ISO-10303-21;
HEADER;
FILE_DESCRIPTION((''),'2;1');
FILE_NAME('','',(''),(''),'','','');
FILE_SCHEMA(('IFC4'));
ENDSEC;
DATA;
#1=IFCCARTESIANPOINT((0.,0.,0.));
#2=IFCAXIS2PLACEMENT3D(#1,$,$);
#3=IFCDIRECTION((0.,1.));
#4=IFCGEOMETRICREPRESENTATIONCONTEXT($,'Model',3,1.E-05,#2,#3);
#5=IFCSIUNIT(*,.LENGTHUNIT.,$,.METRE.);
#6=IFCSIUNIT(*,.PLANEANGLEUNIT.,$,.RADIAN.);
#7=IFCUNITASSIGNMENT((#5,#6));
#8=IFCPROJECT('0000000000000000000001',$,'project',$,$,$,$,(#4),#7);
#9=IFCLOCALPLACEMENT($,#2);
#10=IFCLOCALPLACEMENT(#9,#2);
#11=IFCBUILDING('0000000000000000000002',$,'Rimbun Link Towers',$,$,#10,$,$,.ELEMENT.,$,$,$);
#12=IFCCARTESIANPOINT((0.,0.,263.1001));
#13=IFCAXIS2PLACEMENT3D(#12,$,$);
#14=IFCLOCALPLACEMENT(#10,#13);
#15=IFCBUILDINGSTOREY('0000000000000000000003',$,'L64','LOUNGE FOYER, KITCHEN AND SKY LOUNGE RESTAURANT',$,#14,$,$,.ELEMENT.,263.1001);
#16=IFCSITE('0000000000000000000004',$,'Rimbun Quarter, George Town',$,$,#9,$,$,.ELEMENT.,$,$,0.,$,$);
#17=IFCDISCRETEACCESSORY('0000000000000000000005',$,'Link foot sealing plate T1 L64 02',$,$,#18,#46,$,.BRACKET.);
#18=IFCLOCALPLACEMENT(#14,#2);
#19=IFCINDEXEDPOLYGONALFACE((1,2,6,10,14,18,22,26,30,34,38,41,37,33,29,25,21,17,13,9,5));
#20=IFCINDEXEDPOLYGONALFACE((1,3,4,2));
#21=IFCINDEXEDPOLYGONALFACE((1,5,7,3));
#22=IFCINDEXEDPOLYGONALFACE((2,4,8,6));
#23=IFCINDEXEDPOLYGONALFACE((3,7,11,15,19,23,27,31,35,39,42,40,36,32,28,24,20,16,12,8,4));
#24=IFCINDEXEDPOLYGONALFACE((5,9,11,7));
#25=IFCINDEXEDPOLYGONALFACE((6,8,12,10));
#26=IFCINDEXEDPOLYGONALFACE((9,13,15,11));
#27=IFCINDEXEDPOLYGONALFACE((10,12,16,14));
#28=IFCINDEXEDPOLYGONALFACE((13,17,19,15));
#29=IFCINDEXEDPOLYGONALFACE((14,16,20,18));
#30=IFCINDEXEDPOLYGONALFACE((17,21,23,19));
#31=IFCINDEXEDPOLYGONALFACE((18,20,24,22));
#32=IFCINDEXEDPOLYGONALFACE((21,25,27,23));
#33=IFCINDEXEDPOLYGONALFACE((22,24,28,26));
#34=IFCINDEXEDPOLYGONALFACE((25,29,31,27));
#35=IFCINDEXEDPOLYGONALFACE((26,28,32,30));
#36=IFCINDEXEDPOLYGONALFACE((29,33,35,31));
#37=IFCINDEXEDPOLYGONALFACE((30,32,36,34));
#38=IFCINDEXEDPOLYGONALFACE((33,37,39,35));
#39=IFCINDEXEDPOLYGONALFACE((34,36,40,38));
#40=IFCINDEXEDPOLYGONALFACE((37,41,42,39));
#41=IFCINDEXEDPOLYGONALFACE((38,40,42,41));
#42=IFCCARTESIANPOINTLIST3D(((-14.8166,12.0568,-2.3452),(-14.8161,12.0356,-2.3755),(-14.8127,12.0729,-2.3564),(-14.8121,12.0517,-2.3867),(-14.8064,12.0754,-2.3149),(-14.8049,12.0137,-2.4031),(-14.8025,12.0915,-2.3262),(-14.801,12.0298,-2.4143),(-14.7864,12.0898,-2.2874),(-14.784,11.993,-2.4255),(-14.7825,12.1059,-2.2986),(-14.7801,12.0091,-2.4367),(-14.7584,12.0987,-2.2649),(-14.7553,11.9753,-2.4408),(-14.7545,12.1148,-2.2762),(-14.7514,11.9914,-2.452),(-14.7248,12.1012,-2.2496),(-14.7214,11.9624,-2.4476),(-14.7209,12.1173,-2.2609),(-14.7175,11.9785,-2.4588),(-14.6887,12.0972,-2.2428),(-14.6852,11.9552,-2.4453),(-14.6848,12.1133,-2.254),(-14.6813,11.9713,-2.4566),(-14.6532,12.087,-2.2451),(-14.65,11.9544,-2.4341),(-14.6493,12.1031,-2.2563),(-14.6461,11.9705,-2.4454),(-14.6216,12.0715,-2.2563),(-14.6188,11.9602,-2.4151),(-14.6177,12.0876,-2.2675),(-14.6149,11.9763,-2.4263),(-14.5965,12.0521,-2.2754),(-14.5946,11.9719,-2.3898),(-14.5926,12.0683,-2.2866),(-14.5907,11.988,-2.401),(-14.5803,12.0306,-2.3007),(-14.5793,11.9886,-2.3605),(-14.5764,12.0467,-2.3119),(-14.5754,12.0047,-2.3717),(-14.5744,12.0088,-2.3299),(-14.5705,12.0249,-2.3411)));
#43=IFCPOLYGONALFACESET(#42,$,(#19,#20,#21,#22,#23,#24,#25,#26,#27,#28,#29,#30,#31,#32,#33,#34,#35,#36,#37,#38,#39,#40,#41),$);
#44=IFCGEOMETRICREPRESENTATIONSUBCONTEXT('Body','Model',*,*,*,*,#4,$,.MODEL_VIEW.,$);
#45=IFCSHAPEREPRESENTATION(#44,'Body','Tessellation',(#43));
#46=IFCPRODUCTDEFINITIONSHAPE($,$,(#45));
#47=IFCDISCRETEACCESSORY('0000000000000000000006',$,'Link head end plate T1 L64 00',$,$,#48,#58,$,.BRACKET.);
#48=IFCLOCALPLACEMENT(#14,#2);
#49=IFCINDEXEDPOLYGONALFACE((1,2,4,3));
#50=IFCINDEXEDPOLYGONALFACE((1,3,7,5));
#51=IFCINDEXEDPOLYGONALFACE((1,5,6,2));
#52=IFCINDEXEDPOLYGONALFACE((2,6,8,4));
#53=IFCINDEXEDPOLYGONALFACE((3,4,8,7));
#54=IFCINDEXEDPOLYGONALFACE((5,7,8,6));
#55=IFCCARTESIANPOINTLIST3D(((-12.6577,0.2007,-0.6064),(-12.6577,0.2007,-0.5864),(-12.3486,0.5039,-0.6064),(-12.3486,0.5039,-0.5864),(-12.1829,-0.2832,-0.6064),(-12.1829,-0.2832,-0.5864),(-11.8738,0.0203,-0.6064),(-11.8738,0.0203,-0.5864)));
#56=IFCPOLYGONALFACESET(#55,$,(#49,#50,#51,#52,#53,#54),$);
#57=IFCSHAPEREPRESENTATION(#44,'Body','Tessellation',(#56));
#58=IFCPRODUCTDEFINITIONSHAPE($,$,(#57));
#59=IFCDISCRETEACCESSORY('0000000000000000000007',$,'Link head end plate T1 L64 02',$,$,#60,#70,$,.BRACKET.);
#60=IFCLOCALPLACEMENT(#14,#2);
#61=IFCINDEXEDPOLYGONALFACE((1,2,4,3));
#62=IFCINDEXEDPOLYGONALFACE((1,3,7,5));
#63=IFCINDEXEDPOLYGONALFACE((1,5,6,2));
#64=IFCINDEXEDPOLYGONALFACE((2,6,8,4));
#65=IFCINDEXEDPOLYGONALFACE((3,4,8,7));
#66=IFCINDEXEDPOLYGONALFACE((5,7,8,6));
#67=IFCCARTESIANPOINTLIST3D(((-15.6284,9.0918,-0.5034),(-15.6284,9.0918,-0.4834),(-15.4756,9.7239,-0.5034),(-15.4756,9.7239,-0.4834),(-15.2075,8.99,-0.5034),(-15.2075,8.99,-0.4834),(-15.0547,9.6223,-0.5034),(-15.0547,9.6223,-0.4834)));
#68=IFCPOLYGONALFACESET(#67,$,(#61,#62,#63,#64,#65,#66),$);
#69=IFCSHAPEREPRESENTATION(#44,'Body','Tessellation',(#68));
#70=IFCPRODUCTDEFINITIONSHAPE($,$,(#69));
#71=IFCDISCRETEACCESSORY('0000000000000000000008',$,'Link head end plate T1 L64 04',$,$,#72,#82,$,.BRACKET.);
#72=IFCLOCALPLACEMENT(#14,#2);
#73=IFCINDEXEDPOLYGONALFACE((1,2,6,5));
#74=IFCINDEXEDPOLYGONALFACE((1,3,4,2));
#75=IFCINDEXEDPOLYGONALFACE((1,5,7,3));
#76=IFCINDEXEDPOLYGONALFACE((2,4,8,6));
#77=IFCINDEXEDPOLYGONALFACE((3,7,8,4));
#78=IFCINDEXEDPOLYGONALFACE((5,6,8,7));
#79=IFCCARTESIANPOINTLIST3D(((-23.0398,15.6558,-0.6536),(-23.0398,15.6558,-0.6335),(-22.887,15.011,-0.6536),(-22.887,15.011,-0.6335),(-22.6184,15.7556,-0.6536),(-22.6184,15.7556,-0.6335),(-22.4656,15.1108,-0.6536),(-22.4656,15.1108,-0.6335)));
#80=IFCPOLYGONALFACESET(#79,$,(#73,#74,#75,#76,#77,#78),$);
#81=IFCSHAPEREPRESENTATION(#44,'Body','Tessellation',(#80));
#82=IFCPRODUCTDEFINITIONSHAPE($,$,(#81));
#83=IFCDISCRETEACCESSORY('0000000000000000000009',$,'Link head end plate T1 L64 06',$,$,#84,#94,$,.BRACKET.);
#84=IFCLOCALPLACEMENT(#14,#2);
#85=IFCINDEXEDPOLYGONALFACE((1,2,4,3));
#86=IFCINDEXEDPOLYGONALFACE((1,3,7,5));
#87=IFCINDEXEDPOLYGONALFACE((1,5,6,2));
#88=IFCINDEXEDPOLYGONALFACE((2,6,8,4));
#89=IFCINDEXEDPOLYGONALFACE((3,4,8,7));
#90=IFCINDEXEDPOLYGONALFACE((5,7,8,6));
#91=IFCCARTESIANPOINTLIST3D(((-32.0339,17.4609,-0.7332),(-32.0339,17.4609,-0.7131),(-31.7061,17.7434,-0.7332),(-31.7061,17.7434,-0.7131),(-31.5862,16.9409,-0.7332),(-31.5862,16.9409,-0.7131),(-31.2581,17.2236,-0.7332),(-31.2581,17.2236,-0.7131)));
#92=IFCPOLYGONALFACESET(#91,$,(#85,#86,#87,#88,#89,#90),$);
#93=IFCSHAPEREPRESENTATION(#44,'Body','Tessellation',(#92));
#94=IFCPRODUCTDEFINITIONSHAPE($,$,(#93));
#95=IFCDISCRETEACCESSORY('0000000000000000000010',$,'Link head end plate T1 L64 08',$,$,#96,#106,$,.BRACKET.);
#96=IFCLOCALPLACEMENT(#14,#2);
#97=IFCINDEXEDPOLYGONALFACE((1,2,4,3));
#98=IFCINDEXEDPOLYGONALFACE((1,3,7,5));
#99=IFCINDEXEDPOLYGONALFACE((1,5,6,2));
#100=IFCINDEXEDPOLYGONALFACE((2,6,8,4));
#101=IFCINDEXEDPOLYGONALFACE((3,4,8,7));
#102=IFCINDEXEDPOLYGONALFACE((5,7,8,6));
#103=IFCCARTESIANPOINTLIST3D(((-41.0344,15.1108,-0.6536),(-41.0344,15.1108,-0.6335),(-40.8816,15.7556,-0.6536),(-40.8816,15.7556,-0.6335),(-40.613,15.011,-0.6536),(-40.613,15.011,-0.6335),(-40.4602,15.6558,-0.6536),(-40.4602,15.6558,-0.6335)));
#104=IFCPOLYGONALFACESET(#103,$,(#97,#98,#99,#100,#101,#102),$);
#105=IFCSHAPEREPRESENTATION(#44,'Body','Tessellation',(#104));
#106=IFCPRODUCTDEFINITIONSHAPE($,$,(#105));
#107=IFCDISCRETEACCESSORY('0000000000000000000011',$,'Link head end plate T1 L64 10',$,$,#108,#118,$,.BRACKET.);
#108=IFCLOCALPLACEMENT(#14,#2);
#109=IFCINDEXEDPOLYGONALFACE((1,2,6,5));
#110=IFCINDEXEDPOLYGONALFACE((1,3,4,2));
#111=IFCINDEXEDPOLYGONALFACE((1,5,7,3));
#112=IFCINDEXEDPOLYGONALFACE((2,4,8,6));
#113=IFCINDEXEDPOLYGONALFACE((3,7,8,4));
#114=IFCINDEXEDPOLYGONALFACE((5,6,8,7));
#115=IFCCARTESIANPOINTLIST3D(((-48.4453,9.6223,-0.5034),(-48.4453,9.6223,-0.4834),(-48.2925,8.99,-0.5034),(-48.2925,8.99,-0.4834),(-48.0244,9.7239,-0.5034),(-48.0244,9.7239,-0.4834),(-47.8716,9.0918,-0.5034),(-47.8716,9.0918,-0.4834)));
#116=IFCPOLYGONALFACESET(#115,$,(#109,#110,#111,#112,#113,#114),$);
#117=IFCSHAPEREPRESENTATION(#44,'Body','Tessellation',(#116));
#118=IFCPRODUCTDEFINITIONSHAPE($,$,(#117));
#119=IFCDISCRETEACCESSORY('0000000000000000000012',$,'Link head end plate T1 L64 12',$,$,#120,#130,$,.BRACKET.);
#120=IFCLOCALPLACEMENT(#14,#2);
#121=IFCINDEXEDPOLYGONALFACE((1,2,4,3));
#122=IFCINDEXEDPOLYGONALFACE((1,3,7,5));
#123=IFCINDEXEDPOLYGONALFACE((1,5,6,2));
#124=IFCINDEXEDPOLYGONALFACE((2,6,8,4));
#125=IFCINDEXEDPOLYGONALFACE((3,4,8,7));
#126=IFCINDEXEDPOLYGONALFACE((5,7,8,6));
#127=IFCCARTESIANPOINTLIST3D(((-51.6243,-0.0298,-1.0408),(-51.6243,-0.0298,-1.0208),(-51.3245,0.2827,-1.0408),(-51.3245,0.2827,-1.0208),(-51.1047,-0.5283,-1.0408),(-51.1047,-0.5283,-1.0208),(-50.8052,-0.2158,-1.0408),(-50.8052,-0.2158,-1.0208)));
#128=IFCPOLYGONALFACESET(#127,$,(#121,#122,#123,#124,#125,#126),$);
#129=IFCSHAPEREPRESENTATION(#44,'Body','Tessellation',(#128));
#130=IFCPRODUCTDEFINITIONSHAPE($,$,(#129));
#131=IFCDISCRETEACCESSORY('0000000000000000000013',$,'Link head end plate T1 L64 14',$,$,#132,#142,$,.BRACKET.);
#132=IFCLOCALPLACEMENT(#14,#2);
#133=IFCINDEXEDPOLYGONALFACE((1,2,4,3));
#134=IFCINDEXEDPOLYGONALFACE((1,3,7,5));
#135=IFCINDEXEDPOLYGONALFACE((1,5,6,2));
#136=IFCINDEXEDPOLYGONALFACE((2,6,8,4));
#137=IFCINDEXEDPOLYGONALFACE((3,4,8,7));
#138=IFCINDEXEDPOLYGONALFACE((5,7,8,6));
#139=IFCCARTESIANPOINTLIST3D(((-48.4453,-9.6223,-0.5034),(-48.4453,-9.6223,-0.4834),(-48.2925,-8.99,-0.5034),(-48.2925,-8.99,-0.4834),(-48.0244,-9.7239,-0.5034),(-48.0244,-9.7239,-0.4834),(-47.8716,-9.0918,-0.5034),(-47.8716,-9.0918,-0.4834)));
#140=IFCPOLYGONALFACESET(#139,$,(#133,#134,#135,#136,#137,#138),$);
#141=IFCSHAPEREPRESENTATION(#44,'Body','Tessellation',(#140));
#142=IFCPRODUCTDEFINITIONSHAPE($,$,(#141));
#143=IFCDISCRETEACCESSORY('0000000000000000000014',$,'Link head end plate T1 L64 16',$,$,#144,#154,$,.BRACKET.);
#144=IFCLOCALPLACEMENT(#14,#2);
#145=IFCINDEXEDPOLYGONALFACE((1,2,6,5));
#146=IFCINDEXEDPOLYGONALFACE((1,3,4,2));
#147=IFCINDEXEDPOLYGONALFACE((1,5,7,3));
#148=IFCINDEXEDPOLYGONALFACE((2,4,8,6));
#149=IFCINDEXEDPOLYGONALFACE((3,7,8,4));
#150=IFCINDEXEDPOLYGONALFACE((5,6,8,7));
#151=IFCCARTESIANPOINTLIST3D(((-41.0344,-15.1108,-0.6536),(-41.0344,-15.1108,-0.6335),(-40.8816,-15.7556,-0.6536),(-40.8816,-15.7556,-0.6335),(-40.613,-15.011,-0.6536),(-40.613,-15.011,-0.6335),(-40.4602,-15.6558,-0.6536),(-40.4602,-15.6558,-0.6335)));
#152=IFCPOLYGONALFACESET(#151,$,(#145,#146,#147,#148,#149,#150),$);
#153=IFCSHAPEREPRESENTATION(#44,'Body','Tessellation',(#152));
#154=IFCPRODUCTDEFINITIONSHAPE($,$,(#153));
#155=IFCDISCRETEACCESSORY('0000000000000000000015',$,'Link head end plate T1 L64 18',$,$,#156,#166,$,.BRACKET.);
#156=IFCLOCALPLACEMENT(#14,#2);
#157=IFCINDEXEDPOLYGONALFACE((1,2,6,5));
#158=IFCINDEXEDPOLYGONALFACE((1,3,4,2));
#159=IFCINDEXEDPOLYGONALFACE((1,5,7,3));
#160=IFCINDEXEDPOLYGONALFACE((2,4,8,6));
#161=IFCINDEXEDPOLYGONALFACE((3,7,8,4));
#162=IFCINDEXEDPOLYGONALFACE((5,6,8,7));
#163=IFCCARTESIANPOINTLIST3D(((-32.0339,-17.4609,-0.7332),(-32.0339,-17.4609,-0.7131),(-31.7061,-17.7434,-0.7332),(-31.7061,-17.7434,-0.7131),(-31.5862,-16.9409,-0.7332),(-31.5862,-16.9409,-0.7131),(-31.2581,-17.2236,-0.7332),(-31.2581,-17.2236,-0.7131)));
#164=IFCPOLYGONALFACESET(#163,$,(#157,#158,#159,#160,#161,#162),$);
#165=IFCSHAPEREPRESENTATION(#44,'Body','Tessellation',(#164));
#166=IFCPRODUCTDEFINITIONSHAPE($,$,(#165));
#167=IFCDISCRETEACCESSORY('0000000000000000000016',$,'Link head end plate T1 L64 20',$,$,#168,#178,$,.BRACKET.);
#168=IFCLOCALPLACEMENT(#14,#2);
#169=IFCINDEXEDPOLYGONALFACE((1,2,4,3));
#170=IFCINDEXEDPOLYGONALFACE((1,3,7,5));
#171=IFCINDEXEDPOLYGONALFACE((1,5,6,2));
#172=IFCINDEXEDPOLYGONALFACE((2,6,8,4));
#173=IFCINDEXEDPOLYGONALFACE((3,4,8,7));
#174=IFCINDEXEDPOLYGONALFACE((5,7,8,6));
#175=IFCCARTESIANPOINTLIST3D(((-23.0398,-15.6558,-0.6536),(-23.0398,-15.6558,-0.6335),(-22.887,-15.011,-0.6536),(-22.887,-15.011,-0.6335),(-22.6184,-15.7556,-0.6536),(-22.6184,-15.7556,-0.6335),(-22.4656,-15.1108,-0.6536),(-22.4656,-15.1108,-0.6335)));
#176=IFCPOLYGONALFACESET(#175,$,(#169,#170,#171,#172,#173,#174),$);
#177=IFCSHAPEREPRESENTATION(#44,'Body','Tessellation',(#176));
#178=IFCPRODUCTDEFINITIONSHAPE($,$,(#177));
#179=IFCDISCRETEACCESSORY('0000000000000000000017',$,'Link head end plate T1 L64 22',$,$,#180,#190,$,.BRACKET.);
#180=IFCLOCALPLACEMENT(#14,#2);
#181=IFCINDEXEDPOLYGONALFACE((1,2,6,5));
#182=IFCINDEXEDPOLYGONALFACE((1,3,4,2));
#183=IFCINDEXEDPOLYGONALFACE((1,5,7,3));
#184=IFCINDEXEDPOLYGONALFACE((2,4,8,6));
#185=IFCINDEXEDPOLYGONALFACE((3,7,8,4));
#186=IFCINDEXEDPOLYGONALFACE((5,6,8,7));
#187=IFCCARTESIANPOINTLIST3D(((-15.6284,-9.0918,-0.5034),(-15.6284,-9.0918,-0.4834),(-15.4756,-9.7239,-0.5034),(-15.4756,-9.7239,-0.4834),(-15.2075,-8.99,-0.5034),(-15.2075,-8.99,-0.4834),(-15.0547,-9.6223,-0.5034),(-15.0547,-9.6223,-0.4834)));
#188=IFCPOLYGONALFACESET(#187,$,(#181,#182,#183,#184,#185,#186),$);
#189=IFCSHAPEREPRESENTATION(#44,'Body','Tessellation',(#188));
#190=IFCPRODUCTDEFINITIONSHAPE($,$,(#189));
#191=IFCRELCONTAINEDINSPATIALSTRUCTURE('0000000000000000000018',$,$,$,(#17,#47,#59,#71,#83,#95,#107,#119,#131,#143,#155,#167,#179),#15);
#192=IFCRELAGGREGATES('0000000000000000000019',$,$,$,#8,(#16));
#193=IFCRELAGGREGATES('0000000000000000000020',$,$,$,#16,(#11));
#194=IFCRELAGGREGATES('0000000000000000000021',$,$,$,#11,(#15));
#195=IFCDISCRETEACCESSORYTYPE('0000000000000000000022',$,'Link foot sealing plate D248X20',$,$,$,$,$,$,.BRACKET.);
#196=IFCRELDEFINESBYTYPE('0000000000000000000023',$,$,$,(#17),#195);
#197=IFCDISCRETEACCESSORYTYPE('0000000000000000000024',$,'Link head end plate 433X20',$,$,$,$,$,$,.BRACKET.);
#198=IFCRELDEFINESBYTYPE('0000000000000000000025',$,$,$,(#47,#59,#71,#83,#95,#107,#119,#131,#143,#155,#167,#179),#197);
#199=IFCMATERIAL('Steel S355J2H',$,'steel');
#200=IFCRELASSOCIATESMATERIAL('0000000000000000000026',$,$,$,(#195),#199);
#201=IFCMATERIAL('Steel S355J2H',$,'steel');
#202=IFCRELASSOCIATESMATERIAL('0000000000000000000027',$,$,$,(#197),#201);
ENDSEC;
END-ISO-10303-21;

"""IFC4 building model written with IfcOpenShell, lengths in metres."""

from ifc_helpers import new_model, si_unit, direction, frame, origin, origin_2d, place, context, subcontext, project, spatial, polyline, rectangle, circle, outline, extrude, material, material_profile, profile_set, type_object, element, save


model = new_model("IFC4")

# Units and contexts
model_context = context("Model", 3, precision=1e-05, world=origin(), true_north=direction((0.0, 1.0)))
body_context = subcontext(model_context, "Body", "Model", "MODEL_VIEW")
ifc_project = project(units=[si_unit("LENGTHUNIT", "METRE"), si_unit("PLANEANGLEUNIT", "RADIAN")], contexts=[model_context])

# Site, building, storey
site_placement = place(None, origin())
site = spatial("IfcSite", under=ifc_project, at=site_placement, Name="Rimbun Quarter, George Town", CompositionType="ELEMENT", RefElevation=0.0)
building_placement = place(site_placement, origin())
building = spatial("IfcBuilding", under=site, at=building_placement, Name="Rimbun Link Towers", CompositionType="ELEMENT")
storey_placement = place(building_placement, frame((0.0, 0.0, 263.1001)))
storey = spatial("IfcBuildingStorey", under=building, at=storey_placement, Name="L64", Description="LOUNGE FOYER, KITCHEN AND SKY LOUNGE RESTAURANT", CompositionType="ELEMENT", Elevation=263.1001)

# Discrete accessories
ifc_material_1 = material(Name="Steel S355J2H", Category="steel")
ifc_material_profile_1 = material_profile(ifc_material_1, circle(Radius=0.124, at=origin_2d()), Name="PL D248")
ifc_profile_set_1 = profile_set([ifc_material_profile_1], Name="Steel S355J2H")
discrete_accessory_type_1 = type_object("IfcDiscreteAccessoryType", Name="Link foot sealing plate D248X20", PredefinedType="BRACKET", material=ifc_profile_set_1)
discrete_accessory_1_placement = place(storey_placement, frame((-14.696, 12.0276, -2.3452), z_axis=(0.195064, 0.804639, -0.560809), x_axis=(-0.97185, 0.2356, 0.0)))
element("IfcDiscreteAccessory", 1, at=discrete_accessory_1_placement, inside=storey, type_object=discrete_accessory_type_1, Name="Link foot sealing plate T1 L64 02", PredefinedType="BRACKET", context=body_context, shape_type="SweptSolid", body=[
    extrude(circle(Radius=0.124, at=origin_2d()), origin(), (0.0, 0.0, 1.0), 0.02),
])
ifc_material_2 = material(Name="Steel S355J2H", Category="steel")
ifc_material_profile_2 = material_profile(ifc_material_2, rectangle(XDim=0.4331, YDim=0.4331, at=origin_2d()), Name="PL 433x433")
ifc_profile_set_2 = profile_set([ifc_material_profile_2], Name="Steel S355J2H")
discrete_accessory_type_2 = type_object("IfcDiscreteAccessoryType", Name="Link head end plate 433X20", PredefinedType="BRACKET", material=ifc_profile_set_2)
discrete_accessory_2_placement = place(storey_placement, frame((0.0, 0.0, -0.6064)))
element("IfcDiscreteAccessory", 2, at=discrete_accessory_2_placement, inside=storey, type_object=discrete_accessory_type_2, Name="Link head end plate T1 L64 00", PredefinedType="BRACKET", context=body_context, shape_type="SweptSolid", body=[
    extrude(outline(polyline([(-12.6577, 0.2007), (-12.1829, -0.2832), (-11.8738, 0.0203), (-12.3486, 0.5039), (-12.6577, 0.2007)])), origin(), (0.0, 0.0, 1.0), 0.02),
])
discrete_accessory_3_placement = place(storey_placement, frame((0.0, 0.0, -0.5034)))
element("IfcDiscreteAccessory", 3, at=discrete_accessory_3_placement, inside=storey, type_object=discrete_accessory_type_2, Name="Link head end plate T1 L64 02", PredefinedType="BRACKET", context=body_context, shape_type="SweptSolid", body=[
    extrude(outline(polyline([(-15.2075, 8.99), (-15.0547, 9.6223), (-15.4756, 9.7239), (-15.6284, 9.0918), (-15.2075, 8.99)])), origin(), (0.0, 0.0, 1.0), 0.02),
])
discrete_accessory_4_placement = place(storey_placement, frame((0.0, 0.0, -0.6536)))
element("IfcDiscreteAccessory", 4, at=discrete_accessory_4_placement, inside=storey, type_object=discrete_accessory_type_2, Name="Link head end plate T1 L64 04", PredefinedType="BRACKET", context=body_context, shape_type="SweptSolid", body=[
    extrude(outline(polyline([(-22.4656, 15.1108), (-22.6184, 15.7556), (-23.0398, 15.6558), (-22.887, 15.011), (-22.4656, 15.1108)])), origin(), (0.0, 0.0, 1.0), 0.02),
])
discrete_accessory_5_placement = place(storey_placement, frame((0.0, 0.0, -0.7332)))
element("IfcDiscreteAccessory", 5, at=discrete_accessory_5_placement, inside=storey, type_object=discrete_accessory_type_2, Name="Link head end plate T1 L64 06", PredefinedType="BRACKET", context=body_context, shape_type="SweptSolid", body=[
    extrude(outline(polyline([(-31.2581, 17.2236), (-31.7061, 17.7434), (-32.0339, 17.4609), (-31.5862, 16.9409), (-31.2581, 17.2236)])), origin(), (0.0, 0.0, 1.0), 0.02),
])
discrete_accessory_6_placement = place(storey_placement, frame((0.0, 0.0, -0.6536)))
element("IfcDiscreteAccessory", 6, at=discrete_accessory_6_placement, inside=storey, type_object=discrete_accessory_type_2, Name="Link head end plate T1 L64 08", PredefinedType="BRACKET", context=body_context, shape_type="SweptSolid", body=[
    extrude(outline(polyline([(-40.613, 15.011), (-40.4602, 15.6558), (-40.8816, 15.7556), (-41.0344, 15.1108), (-40.613, 15.011)])), origin(), (0.0, 0.0, 1.0), 0.02),
])
discrete_accessory_7_placement = place(storey_placement, frame((0.0, 0.0, -0.5034)))
element("IfcDiscreteAccessory", 7, at=discrete_accessory_7_placement, inside=storey, type_object=discrete_accessory_type_2, Name="Link head end plate T1 L64 10", PredefinedType="BRACKET", context=body_context, shape_type="SweptSolid", body=[
    extrude(outline(polyline([(-47.8716, 9.0918), (-48.0244, 9.7239), (-48.4453, 9.6223), (-48.2925, 8.99), (-47.8716, 9.0918)])), origin(), (0.0, 0.0, 1.0), 0.02),
])
discrete_accessory_8_placement = place(storey_placement, frame((0.0, 0.0, -1.0408)))
element("IfcDiscreteAccessory", 8, at=discrete_accessory_8_placement, inside=storey, type_object=discrete_accessory_type_2, Name="Link head end plate T1 L64 12", PredefinedType="BRACKET", context=body_context, shape_type="SweptSolid", body=[
    extrude(outline(polyline([(-50.8052, -0.2158), (-51.3245, 0.2827), (-51.6243, -0.0298), (-51.1047, -0.5283), (-50.8052, -0.2158)])), origin(), (0.0, 0.0, 1.0), 0.02),
])
discrete_accessory_9_placement = place(storey_placement, frame((0.0, 0.0, -0.5034)))
element("IfcDiscreteAccessory", 9, at=discrete_accessory_9_placement, inside=storey, type_object=discrete_accessory_type_2, Name="Link head end plate T1 L64 14", PredefinedType="BRACKET", context=body_context, shape_type="SweptSolid", body=[
    extrude(outline(polyline([(-48.2925, -8.99), (-48.4453, -9.6223), (-48.0244, -9.7239), (-47.8716, -9.0918), (-48.2925, -8.99)])), origin(), (0.0, 0.0, 1.0), 0.02),
])
discrete_accessory_10_placement = place(storey_placement, frame((0.0, 0.0, -0.6536)))
element("IfcDiscreteAccessory", 10, at=discrete_accessory_10_placement, inside=storey, type_object=discrete_accessory_type_2, Name="Link head end plate T1 L64 16", PredefinedType="BRACKET", context=body_context, shape_type="SweptSolid", body=[
    extrude(outline(polyline([(-41.0344, -15.1108), (-40.8816, -15.7556), (-40.4602, -15.6558), (-40.613, -15.011), (-41.0344, -15.1108)])), origin(), (0.0, 0.0, 1.0), 0.02),
])
discrete_accessory_11_placement = place(storey_placement, frame((0.0, 0.0, -0.7332)))
element("IfcDiscreteAccessory", 11, at=discrete_accessory_11_placement, inside=storey, type_object=discrete_accessory_type_2, Name="Link head end plate T1 L64 18", PredefinedType="BRACKET", context=body_context, shape_type="SweptSolid", body=[
    extrude(outline(polyline([(-31.5862, -16.9409), (-32.0339, -17.4609), (-31.7061, -17.7434), (-31.2581, -17.2236), (-31.5862, -16.9409)])), origin(), (0.0, 0.0, 1.0), 0.02),
])
discrete_accessory_12_placement = place(storey_placement, frame((0.0, 0.0, -0.6536)))
element("IfcDiscreteAccessory", 12, at=discrete_accessory_12_placement, inside=storey, type_object=discrete_accessory_type_2, Name="Link head end plate T1 L64 20", PredefinedType="BRACKET", context=body_context, shape_type="SweptSolid", body=[
    extrude(outline(polyline([(-22.887, -15.011), (-23.0398, -15.6558), (-22.6184, -15.7556), (-22.4656, -15.1108), (-22.887, -15.011)])), origin(), (0.0, 0.0, 1.0), 0.02),
])
discrete_accessory_13_placement = place(storey_placement, frame((0.0, 0.0, -0.5034)))
element("IfcDiscreteAccessory", 13, at=discrete_accessory_13_placement, inside=storey, type_object=discrete_accessory_type_2, Name="Link head end plate T1 L64 22", PredefinedType="BRACKET", context=body_context, shape_type="SweptSolid", body=[
    extrude(outline(polyline([(-15.6284, -9.0918), (-15.4756, -9.7239), (-15.0547, -9.6223), (-15.2075, -8.99), (-15.6284, -9.0918)])), origin(), (0.0, 0.0, 1.0), 0.02),
])

save(model, "model.ifc")
